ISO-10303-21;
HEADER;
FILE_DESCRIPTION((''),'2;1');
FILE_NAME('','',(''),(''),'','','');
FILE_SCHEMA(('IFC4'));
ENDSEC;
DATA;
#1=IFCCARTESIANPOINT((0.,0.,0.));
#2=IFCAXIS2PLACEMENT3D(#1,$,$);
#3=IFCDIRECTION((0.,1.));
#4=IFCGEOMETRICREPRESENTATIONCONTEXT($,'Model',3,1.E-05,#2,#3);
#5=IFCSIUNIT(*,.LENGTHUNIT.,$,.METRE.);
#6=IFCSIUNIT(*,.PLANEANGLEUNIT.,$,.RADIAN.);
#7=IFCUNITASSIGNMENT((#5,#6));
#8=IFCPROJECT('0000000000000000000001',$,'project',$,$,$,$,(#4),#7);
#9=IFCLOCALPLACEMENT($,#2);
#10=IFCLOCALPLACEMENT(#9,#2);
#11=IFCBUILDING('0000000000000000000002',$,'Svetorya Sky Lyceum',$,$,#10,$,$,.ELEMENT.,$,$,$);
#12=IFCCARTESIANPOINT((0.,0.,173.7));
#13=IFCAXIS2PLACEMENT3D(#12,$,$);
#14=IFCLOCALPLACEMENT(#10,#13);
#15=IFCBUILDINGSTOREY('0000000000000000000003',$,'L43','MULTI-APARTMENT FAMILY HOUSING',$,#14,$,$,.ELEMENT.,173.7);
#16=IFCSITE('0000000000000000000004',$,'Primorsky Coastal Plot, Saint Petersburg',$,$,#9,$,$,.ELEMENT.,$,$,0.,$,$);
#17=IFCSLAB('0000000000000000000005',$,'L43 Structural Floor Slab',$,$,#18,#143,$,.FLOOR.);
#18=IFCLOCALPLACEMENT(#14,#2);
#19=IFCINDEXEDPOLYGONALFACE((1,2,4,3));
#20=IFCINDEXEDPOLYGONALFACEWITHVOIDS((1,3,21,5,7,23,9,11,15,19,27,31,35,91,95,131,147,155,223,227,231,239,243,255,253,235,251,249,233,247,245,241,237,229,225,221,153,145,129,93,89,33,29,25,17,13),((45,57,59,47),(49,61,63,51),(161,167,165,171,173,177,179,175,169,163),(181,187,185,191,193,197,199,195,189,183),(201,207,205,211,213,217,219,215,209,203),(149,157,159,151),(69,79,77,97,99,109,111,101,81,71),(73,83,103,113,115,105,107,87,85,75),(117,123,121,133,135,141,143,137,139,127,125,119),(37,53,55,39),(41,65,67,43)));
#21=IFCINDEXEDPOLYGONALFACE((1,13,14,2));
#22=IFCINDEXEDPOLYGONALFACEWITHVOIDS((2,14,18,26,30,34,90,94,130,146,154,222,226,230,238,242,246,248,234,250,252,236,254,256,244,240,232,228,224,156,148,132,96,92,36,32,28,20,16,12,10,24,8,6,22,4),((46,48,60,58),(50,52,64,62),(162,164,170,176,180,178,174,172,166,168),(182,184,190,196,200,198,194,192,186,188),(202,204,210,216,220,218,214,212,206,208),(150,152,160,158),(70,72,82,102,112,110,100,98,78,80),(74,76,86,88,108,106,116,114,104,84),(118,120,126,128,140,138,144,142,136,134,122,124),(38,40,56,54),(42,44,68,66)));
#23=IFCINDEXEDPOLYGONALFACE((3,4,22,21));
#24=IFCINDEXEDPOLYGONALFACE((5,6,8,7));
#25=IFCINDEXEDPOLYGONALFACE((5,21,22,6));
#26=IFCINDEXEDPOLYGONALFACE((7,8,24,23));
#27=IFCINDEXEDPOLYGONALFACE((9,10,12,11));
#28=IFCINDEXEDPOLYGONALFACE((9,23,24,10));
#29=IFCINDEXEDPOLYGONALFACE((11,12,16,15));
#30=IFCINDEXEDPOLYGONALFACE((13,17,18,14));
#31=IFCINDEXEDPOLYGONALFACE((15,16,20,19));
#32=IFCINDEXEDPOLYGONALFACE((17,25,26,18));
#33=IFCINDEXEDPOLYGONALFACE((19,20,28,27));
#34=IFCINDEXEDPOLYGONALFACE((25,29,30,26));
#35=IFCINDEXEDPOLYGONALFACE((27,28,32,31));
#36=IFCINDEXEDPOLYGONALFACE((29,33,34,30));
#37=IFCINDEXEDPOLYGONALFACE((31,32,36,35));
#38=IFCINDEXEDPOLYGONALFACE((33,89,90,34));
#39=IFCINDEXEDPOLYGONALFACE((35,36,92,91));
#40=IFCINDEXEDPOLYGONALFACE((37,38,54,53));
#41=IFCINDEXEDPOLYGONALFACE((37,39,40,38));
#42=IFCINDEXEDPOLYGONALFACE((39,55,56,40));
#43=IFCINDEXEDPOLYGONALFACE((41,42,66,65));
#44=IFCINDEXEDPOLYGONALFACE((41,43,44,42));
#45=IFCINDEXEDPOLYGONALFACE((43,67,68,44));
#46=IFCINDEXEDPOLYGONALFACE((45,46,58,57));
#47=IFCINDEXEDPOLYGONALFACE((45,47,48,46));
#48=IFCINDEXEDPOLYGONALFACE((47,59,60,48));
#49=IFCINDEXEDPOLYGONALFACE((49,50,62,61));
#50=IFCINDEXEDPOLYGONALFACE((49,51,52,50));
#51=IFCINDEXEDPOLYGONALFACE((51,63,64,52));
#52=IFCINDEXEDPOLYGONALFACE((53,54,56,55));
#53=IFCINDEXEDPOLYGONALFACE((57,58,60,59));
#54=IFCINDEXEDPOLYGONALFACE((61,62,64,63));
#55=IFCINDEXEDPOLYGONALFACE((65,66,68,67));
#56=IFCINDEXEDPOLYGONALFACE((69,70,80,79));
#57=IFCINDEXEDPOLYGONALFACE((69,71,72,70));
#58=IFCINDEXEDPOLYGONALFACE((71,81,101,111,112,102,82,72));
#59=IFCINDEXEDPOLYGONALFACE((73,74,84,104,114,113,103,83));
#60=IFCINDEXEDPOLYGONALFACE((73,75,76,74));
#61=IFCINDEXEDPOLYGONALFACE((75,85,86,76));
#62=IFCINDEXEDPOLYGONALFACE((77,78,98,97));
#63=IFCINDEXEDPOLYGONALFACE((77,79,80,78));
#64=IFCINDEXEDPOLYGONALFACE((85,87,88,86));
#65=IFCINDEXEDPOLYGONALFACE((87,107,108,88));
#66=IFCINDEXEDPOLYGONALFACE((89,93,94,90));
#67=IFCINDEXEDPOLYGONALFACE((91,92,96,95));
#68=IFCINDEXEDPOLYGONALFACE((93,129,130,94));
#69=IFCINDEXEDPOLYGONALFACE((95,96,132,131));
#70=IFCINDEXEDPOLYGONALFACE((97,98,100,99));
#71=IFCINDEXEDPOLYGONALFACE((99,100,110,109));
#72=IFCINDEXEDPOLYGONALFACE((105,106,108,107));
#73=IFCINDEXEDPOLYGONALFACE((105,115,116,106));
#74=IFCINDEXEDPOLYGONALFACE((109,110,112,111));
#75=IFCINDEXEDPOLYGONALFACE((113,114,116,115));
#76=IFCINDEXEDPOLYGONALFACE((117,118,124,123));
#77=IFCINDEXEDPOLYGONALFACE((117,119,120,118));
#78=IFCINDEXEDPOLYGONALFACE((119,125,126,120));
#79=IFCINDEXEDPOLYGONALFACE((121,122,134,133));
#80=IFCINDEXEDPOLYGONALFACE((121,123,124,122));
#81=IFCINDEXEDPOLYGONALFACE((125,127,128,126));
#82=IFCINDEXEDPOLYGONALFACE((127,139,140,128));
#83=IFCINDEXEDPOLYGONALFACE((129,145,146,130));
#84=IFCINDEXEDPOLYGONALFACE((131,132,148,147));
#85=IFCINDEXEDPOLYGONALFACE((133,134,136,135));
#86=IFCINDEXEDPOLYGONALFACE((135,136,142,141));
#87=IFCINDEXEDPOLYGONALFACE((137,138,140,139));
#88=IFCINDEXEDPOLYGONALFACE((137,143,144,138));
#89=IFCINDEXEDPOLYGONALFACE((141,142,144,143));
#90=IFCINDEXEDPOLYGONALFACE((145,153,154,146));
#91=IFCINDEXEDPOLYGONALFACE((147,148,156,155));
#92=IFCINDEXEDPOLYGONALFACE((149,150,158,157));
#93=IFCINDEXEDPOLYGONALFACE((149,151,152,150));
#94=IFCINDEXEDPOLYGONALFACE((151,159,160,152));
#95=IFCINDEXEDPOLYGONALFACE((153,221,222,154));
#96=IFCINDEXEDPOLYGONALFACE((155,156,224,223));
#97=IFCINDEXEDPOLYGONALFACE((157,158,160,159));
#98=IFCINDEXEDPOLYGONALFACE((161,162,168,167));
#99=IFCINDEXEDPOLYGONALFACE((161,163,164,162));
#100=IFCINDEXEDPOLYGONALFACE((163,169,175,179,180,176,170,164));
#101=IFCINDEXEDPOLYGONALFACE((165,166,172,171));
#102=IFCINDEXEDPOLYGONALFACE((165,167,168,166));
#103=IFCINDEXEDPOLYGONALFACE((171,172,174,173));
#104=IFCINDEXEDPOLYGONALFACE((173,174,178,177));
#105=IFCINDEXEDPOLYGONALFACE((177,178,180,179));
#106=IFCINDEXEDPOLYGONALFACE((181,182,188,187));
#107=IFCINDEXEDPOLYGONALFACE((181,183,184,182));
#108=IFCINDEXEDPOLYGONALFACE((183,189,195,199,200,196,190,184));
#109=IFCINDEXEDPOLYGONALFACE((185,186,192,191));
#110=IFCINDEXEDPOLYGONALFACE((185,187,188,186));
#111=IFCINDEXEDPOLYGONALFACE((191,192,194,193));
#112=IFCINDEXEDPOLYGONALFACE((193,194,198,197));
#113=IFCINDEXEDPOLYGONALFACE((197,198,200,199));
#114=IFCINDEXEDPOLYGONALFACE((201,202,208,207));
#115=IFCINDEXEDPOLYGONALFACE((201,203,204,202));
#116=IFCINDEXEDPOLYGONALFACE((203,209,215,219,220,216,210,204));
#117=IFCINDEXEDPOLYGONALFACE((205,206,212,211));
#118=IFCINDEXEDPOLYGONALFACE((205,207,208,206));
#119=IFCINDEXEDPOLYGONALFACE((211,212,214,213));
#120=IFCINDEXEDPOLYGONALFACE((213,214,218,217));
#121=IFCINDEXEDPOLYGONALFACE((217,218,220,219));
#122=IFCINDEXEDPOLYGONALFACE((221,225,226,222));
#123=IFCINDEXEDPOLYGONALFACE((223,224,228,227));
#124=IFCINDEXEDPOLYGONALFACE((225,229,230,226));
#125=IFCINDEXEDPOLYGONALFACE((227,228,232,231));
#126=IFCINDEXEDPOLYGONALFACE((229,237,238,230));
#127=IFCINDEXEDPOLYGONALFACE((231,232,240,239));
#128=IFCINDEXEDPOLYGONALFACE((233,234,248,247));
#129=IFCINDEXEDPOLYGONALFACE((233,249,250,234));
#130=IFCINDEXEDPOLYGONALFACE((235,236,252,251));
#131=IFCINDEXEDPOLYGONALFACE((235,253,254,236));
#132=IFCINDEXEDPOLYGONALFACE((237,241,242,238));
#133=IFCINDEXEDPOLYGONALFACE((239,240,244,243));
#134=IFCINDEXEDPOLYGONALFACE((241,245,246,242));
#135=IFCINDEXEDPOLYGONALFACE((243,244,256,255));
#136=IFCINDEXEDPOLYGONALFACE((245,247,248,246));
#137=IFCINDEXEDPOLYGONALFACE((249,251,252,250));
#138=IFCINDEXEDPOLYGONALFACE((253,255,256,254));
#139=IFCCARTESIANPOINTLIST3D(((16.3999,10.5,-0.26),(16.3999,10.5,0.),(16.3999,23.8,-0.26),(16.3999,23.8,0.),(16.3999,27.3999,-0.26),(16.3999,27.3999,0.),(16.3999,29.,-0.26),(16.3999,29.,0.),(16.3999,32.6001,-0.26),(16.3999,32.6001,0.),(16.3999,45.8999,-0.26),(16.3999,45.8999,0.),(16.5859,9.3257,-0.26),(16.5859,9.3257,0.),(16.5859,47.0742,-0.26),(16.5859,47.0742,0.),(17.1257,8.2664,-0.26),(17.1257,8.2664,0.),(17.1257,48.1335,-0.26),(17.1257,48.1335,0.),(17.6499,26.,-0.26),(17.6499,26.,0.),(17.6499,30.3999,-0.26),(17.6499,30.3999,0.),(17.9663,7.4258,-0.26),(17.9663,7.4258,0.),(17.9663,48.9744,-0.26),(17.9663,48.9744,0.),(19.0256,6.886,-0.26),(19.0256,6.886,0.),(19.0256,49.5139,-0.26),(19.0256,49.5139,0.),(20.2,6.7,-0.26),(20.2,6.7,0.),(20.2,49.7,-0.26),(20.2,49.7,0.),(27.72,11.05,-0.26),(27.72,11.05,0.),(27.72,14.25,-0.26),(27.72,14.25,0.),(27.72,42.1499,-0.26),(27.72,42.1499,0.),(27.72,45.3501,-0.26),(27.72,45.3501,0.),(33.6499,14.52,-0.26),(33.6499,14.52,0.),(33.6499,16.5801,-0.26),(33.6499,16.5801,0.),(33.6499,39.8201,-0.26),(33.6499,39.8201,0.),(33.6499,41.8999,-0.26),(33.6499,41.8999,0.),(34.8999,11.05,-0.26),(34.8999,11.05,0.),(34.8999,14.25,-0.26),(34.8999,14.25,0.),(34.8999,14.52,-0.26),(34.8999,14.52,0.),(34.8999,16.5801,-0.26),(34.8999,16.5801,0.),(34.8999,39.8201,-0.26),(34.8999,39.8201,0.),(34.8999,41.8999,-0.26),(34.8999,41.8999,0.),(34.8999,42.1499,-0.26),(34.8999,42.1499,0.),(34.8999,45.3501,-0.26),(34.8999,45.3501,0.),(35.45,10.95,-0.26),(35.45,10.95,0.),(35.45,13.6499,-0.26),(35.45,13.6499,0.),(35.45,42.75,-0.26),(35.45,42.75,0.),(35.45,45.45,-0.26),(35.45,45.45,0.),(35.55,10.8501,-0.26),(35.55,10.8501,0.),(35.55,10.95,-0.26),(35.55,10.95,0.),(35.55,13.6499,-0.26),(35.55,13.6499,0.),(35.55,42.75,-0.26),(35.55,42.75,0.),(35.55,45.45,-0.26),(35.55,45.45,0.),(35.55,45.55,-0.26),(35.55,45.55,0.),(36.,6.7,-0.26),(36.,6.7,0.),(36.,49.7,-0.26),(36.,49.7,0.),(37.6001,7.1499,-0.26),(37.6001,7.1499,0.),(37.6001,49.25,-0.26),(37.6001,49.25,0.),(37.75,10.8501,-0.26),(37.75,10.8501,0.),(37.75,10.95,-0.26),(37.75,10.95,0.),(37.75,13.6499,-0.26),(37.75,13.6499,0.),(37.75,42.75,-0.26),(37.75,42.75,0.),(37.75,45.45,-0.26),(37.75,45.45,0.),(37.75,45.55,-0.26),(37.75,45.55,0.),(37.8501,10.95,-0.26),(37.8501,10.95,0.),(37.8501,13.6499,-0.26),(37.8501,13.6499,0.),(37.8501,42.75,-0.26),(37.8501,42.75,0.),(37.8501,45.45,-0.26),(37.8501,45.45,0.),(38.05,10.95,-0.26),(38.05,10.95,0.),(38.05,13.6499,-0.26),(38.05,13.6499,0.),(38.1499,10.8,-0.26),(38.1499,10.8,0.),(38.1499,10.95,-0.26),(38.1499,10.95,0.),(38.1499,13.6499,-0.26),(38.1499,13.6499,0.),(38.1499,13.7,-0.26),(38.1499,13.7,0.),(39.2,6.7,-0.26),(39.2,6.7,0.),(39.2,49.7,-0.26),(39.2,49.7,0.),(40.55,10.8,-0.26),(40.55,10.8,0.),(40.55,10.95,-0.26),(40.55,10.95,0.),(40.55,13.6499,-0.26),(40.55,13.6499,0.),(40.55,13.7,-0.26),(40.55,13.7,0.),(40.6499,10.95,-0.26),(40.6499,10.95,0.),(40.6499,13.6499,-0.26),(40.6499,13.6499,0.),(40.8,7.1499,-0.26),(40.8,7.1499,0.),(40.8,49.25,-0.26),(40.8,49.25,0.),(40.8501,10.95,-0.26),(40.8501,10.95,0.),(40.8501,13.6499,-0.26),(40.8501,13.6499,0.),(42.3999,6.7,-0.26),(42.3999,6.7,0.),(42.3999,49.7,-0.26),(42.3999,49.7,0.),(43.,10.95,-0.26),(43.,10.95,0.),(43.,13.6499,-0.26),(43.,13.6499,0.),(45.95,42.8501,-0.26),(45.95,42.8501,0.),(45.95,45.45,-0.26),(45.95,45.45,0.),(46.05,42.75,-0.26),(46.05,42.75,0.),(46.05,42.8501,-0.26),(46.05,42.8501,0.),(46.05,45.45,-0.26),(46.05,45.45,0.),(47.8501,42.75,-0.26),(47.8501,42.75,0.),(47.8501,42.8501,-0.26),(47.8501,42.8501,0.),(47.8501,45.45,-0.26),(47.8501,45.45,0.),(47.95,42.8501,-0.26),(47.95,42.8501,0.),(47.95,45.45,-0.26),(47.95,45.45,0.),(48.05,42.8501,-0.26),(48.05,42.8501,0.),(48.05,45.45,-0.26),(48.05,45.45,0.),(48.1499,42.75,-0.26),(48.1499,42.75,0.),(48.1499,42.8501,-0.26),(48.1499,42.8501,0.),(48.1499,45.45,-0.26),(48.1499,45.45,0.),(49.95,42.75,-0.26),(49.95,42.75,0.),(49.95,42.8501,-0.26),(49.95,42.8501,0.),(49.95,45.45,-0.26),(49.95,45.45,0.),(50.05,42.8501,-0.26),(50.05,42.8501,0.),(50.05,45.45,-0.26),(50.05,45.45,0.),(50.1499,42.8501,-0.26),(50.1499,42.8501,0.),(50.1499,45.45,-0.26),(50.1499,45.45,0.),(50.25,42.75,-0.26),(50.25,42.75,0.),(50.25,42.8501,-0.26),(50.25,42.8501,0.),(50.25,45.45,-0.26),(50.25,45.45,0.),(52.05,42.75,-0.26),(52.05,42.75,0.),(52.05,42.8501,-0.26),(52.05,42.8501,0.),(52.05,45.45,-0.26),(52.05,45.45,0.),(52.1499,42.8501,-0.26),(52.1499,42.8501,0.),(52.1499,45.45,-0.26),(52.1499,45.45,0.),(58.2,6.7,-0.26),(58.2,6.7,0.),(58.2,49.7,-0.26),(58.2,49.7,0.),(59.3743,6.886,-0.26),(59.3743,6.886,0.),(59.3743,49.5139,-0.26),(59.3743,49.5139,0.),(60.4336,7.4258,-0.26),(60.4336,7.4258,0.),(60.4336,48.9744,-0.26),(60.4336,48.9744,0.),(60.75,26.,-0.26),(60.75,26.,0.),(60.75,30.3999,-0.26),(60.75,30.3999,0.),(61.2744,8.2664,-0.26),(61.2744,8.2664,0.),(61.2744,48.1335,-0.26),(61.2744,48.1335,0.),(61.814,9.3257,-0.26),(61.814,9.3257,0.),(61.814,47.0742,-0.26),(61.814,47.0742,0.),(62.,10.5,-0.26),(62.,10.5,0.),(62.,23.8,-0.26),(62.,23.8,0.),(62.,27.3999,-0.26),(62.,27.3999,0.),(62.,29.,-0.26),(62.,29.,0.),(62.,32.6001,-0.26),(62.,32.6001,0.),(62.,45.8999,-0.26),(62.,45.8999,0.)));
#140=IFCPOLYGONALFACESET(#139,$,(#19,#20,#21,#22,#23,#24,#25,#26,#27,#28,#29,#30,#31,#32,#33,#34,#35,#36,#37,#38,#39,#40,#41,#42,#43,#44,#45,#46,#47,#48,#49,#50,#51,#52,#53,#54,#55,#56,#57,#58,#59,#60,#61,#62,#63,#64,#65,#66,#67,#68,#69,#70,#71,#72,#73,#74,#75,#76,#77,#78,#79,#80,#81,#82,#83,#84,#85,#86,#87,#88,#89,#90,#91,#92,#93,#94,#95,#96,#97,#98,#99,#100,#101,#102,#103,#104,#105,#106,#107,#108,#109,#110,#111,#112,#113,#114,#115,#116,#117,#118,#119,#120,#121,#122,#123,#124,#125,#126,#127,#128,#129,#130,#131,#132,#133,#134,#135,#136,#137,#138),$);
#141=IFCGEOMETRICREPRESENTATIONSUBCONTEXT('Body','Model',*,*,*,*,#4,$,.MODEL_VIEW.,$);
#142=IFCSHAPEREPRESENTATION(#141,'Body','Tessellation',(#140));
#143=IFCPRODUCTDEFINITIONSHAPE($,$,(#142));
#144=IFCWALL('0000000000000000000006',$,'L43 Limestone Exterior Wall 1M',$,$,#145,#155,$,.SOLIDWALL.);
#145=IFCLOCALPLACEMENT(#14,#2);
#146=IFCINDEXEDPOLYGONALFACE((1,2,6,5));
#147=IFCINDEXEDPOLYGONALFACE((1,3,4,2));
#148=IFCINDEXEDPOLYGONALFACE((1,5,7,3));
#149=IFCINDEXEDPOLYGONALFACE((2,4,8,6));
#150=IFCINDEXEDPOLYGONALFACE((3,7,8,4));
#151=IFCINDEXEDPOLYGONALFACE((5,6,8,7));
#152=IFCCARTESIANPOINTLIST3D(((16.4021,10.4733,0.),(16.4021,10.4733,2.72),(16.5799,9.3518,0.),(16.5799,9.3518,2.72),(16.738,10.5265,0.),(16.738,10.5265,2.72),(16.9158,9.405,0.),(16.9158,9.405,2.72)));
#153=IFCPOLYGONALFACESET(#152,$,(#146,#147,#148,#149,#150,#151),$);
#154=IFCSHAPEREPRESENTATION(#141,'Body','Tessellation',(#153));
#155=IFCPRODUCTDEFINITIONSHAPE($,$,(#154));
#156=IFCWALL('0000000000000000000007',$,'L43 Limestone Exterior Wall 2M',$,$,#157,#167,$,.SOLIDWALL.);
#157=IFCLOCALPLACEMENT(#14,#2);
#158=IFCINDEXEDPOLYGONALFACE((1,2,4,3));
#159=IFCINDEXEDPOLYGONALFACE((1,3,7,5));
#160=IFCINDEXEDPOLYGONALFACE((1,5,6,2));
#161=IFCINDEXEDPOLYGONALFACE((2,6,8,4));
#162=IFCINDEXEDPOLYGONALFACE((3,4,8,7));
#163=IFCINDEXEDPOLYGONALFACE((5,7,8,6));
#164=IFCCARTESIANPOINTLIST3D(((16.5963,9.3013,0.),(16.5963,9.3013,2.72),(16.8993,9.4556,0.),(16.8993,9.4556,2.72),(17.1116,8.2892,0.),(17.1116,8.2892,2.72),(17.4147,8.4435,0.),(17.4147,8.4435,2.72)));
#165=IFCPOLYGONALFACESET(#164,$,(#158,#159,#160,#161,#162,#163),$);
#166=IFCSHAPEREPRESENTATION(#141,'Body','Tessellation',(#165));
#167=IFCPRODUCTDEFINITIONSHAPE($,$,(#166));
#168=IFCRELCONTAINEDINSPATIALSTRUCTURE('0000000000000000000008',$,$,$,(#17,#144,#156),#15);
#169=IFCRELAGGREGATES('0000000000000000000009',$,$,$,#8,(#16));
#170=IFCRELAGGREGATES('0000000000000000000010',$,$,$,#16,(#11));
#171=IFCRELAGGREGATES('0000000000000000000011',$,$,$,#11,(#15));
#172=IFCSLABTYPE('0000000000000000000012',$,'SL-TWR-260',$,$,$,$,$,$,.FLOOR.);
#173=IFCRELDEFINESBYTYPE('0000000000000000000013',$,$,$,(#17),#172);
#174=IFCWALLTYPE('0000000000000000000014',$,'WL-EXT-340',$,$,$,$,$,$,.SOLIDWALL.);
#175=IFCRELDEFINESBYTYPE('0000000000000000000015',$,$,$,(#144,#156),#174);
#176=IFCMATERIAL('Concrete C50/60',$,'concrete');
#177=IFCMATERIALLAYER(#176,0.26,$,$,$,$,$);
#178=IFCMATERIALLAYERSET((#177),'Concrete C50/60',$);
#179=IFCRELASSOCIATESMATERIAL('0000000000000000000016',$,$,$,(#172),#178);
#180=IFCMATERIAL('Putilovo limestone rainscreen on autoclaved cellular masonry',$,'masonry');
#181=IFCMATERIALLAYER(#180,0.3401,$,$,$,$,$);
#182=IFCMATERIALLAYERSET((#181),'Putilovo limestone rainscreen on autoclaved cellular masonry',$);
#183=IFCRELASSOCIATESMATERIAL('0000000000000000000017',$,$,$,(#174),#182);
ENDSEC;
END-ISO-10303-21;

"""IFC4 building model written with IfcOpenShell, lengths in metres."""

from ifc_helpers import new_model, si_unit, direction, frame, frame_2d, origin, place, context, subcontext, project, spatial, polyline, rectangle, outline, extrude, material, layer, layer_set, type_object, element, save


model = new_model("IFC4")

# Units and contexts
model_context = context("Model", 3, precision=1e-05, world=origin(), true_north=direction((0.0, 1.0)))
body_context = subcontext(model_context, "Body", "Model", "MODEL_VIEW")
ifc_project = project(units=[si_unit("LENGTHUNIT", "METRE"), si_unit("PLANEANGLEUNIT", "RADIAN")], contexts=[model_context])

# Site, building, storey
site_placement = place(None, origin())
site = spatial("IfcSite", under=ifc_project, at=site_placement, Name="Primorsky Coastal Plot, Saint Petersburg", CompositionType="ELEMENT", RefElevation=0.0)
building_placement = place(site_placement, origin())
building = spatial("IfcBuilding", under=site, at=building_placement, Name="Svetorya Sky Lyceum", CompositionType="ELEMENT")
storey_placement = place(building_placement, frame((0.0, 0.0, 173.7)))
storey = spatial("IfcBuildingStorey", under=building, at=storey_placement, Name="L43", Description="MULTI-APARTMENT FAMILY HOUSING", CompositionType="ELEMENT", Elevation=173.7)

# Shared definitions
ifc_material_1 = material(Name="Concrete C50/60", Category="concrete")

# Slab
ifc_layer_1 = layer(ifc_material_1, 0.26)
ifc_layer_set_1 = layer_set([ifc_layer_1], Name="Concrete C50/60")
slab_type_1 = type_object("IfcSlabType", Name="SL-TWR-260", PredefinedType="FLOOR", material=ifc_layer_set_1)
slab_1_placement = place(storey_placement, frame((0.0, 0.0, -0.26)))
element("IfcSlab", 1, at=slab_1_placement, inside=storey, type_object=slab_type_1, Name="L43 Structural Floor Slab", PredefinedType="FLOOR", context=body_context, shape_type="SweptSolid", body=[
    extrude(outline(polyline([(16.3999, 10.5), (16.5859, 9.3257), (17.1257, 8.2664), (17.9663, 7.4258), (19.0256, 6.886), (20.2, 6.7), (36.0, 6.7), (37.6001, 7.1499), (39.2, 6.7), (40.8, 7.1499), (42.3999, 6.7), (58.2, 6.7), (59.3743, 6.886), (60.4336, 7.4258), (61.2744, 8.2664), (61.814, 9.3257), (62.0, 10.5), (62.0, 23.8), (60.75, 26.0), (62.0, 27.3999), (62.0, 29.0), (60.75, 30.3999), (62.0, 32.6001), (62.0, 45.8999), (61.814, 47.0742), (61.2744, 48.1335), (60.4336, 48.9744), (59.3743, 49.5139), (58.2, 49.7), (42.3999, 49.7), (40.8, 49.25), (39.2, 49.7), (37.6001, 49.25), (36.0, 49.7), (20.2, 49.7), (19.0256, 49.5139), (17.9663, 48.9744), (17.1257, 48.1335), (16.5859, 47.0742), (16.3999, 45.8999), (16.3999, 32.6001), (17.6499, 30.3999), (16.3999, 29.0), (16.3999, 27.3999), (17.6499, 26.0), (16.3999, 23.8), (16.3999, 10.5)]), holes=[polyline([(37.8501, 10.95), (37.75, 10.95), (37.75, 10.8501), (35.55, 10.8501), (35.55, 10.95), (35.45, 10.95), (35.45, 13.6499), (35.55, 13.6499), (37.75, 13.6499), (37.8501, 13.6499), (37.8501, 10.95)]), polyline([(38.1499, 10.8), (38.1499, 10.95), (38.05, 10.95), (38.05, 13.6499), (38.1499, 13.6499), (38.1499, 13.7), (40.55, 13.7), (40.55, 13.6499), (40.6499, 13.6499), (40.6499, 10.95), (40.55, 10.95), (40.55, 10.8), (38.1499, 10.8)]), polyline([(27.72, 11.05), (27.72, 14.25), (34.8999, 14.25), (34.8999, 11.05), (27.72, 11.05)]), polyline([(33.6499, 14.52), (33.6499, 16.5801), (34.8999, 16.5801), (34.8999, 14.52), (33.6499, 14.52)]), polyline([(33.6499, 39.8201), (33.6499, 41.8999), (34.8999, 41.8999), (34.8999, 39.8201), (33.6499, 39.8201)]), polyline([(27.72, 42.1499), (27.72, 45.3501), (34.8999, 45.3501), (34.8999, 42.1499), (27.72, 42.1499)]), polyline([(37.75, 42.75), (35.55, 42.75), (35.45, 42.75), (35.45, 45.45), (35.55, 45.45), (35.55, 45.55), (37.75, 45.55), (37.75, 45.45), (37.8501, 45.45), (37.8501, 42.75), (37.75, 42.75)]), polyline([(40.8501, 10.95), (40.8501, 13.6499), (43.0, 13.6499), (43.0, 10.95), (40.8501, 10.95)]), polyline([(46.05, 42.75), (46.05, 42.8501), (45.95, 42.8501), (45.95, 45.45), (46.05, 45.45), (47.8501, 45.45), (47.95, 45.45), (47.95, 42.8501), (47.8501, 42.8501), (47.8501, 42.75), (46.05, 42.75)]), polyline([(50.05, 42.8501), (49.95, 42.8501), (49.95, 42.75), (48.1499, 42.75), (48.1499, 42.8501), (48.05, 42.8501), (48.05, 45.45), (48.1499, 45.45), (49.95, 45.45), (50.05, 45.45), (50.05, 42.8501)]), polyline([(52.1499, 42.8501), (52.05, 42.8501), (52.05, 42.75), (50.25, 42.75), (50.25, 42.8501), (50.1499, 42.8501), (50.1499, 45.45), (50.25, 45.45), (52.05, 45.45), (52.1499, 45.45), (52.1499, 42.8501)])]), origin(), (0.0, 0.0, 1.0), 0.26),
])

# Walls
ifc_material_2 = material(Name="Putilovo limestone rainscreen on autoclaved cellular masonry", Category="masonry")
ifc_layer_2 = layer(ifc_material_2, 0.3401)
ifc_layer_set_2 = layer_set([ifc_layer_2], Name="Putilovo limestone rainscreen on autoclaved cellular masonry")
wall_type_1 = type_object("IfcWallType", Name="WL-EXT-340", PredefinedType="SOLIDWALL", material=ifc_layer_set_2)
wall_1_placement = place(storey_placement, frame((16.5701, 10.5, 0.0), z_axis=(0.0, 0.0, 1.0), x_axis=(0.156515, -0.987676, 0.0)))
element("IfcWall", 2, at=wall_1_placement, inside=storey, type_object=wall_type_1, Name="L43 Limestone Exterior Wall 1M", PredefinedType="SOLIDWALL", context=body_context, shape_type="SweptSolid", body=[
    extrude(rectangle(XDim=1.1355, YDim=0.3401, at=frame_2d((0.5679, 0.0))), origin(), (0.0, 0.0, 1.0), 2.72),
])
wall_2_placement = place(storey_placement, frame((16.7478, 9.3784, 0.0), z_axis=(0.0, 0.0, 1.0), x_axis=(0.453736, -0.891136, 0.0)))
element("IfcWall", 3, at=wall_2_placement, inside=storey, type_object=wall_type_1, Name="L43 Limestone Exterior Wall 2M", PredefinedType="SOLIDWALL", context=body_context, shape_type="SweptSolid", body=[
    extrude(rectangle(XDim=1.1357, YDim=0.3401, at=frame_2d((0.5679, 0.0))), origin(), (0.0, 0.0, 1.0), 2.72),
])

save(model, "model.ifc")
